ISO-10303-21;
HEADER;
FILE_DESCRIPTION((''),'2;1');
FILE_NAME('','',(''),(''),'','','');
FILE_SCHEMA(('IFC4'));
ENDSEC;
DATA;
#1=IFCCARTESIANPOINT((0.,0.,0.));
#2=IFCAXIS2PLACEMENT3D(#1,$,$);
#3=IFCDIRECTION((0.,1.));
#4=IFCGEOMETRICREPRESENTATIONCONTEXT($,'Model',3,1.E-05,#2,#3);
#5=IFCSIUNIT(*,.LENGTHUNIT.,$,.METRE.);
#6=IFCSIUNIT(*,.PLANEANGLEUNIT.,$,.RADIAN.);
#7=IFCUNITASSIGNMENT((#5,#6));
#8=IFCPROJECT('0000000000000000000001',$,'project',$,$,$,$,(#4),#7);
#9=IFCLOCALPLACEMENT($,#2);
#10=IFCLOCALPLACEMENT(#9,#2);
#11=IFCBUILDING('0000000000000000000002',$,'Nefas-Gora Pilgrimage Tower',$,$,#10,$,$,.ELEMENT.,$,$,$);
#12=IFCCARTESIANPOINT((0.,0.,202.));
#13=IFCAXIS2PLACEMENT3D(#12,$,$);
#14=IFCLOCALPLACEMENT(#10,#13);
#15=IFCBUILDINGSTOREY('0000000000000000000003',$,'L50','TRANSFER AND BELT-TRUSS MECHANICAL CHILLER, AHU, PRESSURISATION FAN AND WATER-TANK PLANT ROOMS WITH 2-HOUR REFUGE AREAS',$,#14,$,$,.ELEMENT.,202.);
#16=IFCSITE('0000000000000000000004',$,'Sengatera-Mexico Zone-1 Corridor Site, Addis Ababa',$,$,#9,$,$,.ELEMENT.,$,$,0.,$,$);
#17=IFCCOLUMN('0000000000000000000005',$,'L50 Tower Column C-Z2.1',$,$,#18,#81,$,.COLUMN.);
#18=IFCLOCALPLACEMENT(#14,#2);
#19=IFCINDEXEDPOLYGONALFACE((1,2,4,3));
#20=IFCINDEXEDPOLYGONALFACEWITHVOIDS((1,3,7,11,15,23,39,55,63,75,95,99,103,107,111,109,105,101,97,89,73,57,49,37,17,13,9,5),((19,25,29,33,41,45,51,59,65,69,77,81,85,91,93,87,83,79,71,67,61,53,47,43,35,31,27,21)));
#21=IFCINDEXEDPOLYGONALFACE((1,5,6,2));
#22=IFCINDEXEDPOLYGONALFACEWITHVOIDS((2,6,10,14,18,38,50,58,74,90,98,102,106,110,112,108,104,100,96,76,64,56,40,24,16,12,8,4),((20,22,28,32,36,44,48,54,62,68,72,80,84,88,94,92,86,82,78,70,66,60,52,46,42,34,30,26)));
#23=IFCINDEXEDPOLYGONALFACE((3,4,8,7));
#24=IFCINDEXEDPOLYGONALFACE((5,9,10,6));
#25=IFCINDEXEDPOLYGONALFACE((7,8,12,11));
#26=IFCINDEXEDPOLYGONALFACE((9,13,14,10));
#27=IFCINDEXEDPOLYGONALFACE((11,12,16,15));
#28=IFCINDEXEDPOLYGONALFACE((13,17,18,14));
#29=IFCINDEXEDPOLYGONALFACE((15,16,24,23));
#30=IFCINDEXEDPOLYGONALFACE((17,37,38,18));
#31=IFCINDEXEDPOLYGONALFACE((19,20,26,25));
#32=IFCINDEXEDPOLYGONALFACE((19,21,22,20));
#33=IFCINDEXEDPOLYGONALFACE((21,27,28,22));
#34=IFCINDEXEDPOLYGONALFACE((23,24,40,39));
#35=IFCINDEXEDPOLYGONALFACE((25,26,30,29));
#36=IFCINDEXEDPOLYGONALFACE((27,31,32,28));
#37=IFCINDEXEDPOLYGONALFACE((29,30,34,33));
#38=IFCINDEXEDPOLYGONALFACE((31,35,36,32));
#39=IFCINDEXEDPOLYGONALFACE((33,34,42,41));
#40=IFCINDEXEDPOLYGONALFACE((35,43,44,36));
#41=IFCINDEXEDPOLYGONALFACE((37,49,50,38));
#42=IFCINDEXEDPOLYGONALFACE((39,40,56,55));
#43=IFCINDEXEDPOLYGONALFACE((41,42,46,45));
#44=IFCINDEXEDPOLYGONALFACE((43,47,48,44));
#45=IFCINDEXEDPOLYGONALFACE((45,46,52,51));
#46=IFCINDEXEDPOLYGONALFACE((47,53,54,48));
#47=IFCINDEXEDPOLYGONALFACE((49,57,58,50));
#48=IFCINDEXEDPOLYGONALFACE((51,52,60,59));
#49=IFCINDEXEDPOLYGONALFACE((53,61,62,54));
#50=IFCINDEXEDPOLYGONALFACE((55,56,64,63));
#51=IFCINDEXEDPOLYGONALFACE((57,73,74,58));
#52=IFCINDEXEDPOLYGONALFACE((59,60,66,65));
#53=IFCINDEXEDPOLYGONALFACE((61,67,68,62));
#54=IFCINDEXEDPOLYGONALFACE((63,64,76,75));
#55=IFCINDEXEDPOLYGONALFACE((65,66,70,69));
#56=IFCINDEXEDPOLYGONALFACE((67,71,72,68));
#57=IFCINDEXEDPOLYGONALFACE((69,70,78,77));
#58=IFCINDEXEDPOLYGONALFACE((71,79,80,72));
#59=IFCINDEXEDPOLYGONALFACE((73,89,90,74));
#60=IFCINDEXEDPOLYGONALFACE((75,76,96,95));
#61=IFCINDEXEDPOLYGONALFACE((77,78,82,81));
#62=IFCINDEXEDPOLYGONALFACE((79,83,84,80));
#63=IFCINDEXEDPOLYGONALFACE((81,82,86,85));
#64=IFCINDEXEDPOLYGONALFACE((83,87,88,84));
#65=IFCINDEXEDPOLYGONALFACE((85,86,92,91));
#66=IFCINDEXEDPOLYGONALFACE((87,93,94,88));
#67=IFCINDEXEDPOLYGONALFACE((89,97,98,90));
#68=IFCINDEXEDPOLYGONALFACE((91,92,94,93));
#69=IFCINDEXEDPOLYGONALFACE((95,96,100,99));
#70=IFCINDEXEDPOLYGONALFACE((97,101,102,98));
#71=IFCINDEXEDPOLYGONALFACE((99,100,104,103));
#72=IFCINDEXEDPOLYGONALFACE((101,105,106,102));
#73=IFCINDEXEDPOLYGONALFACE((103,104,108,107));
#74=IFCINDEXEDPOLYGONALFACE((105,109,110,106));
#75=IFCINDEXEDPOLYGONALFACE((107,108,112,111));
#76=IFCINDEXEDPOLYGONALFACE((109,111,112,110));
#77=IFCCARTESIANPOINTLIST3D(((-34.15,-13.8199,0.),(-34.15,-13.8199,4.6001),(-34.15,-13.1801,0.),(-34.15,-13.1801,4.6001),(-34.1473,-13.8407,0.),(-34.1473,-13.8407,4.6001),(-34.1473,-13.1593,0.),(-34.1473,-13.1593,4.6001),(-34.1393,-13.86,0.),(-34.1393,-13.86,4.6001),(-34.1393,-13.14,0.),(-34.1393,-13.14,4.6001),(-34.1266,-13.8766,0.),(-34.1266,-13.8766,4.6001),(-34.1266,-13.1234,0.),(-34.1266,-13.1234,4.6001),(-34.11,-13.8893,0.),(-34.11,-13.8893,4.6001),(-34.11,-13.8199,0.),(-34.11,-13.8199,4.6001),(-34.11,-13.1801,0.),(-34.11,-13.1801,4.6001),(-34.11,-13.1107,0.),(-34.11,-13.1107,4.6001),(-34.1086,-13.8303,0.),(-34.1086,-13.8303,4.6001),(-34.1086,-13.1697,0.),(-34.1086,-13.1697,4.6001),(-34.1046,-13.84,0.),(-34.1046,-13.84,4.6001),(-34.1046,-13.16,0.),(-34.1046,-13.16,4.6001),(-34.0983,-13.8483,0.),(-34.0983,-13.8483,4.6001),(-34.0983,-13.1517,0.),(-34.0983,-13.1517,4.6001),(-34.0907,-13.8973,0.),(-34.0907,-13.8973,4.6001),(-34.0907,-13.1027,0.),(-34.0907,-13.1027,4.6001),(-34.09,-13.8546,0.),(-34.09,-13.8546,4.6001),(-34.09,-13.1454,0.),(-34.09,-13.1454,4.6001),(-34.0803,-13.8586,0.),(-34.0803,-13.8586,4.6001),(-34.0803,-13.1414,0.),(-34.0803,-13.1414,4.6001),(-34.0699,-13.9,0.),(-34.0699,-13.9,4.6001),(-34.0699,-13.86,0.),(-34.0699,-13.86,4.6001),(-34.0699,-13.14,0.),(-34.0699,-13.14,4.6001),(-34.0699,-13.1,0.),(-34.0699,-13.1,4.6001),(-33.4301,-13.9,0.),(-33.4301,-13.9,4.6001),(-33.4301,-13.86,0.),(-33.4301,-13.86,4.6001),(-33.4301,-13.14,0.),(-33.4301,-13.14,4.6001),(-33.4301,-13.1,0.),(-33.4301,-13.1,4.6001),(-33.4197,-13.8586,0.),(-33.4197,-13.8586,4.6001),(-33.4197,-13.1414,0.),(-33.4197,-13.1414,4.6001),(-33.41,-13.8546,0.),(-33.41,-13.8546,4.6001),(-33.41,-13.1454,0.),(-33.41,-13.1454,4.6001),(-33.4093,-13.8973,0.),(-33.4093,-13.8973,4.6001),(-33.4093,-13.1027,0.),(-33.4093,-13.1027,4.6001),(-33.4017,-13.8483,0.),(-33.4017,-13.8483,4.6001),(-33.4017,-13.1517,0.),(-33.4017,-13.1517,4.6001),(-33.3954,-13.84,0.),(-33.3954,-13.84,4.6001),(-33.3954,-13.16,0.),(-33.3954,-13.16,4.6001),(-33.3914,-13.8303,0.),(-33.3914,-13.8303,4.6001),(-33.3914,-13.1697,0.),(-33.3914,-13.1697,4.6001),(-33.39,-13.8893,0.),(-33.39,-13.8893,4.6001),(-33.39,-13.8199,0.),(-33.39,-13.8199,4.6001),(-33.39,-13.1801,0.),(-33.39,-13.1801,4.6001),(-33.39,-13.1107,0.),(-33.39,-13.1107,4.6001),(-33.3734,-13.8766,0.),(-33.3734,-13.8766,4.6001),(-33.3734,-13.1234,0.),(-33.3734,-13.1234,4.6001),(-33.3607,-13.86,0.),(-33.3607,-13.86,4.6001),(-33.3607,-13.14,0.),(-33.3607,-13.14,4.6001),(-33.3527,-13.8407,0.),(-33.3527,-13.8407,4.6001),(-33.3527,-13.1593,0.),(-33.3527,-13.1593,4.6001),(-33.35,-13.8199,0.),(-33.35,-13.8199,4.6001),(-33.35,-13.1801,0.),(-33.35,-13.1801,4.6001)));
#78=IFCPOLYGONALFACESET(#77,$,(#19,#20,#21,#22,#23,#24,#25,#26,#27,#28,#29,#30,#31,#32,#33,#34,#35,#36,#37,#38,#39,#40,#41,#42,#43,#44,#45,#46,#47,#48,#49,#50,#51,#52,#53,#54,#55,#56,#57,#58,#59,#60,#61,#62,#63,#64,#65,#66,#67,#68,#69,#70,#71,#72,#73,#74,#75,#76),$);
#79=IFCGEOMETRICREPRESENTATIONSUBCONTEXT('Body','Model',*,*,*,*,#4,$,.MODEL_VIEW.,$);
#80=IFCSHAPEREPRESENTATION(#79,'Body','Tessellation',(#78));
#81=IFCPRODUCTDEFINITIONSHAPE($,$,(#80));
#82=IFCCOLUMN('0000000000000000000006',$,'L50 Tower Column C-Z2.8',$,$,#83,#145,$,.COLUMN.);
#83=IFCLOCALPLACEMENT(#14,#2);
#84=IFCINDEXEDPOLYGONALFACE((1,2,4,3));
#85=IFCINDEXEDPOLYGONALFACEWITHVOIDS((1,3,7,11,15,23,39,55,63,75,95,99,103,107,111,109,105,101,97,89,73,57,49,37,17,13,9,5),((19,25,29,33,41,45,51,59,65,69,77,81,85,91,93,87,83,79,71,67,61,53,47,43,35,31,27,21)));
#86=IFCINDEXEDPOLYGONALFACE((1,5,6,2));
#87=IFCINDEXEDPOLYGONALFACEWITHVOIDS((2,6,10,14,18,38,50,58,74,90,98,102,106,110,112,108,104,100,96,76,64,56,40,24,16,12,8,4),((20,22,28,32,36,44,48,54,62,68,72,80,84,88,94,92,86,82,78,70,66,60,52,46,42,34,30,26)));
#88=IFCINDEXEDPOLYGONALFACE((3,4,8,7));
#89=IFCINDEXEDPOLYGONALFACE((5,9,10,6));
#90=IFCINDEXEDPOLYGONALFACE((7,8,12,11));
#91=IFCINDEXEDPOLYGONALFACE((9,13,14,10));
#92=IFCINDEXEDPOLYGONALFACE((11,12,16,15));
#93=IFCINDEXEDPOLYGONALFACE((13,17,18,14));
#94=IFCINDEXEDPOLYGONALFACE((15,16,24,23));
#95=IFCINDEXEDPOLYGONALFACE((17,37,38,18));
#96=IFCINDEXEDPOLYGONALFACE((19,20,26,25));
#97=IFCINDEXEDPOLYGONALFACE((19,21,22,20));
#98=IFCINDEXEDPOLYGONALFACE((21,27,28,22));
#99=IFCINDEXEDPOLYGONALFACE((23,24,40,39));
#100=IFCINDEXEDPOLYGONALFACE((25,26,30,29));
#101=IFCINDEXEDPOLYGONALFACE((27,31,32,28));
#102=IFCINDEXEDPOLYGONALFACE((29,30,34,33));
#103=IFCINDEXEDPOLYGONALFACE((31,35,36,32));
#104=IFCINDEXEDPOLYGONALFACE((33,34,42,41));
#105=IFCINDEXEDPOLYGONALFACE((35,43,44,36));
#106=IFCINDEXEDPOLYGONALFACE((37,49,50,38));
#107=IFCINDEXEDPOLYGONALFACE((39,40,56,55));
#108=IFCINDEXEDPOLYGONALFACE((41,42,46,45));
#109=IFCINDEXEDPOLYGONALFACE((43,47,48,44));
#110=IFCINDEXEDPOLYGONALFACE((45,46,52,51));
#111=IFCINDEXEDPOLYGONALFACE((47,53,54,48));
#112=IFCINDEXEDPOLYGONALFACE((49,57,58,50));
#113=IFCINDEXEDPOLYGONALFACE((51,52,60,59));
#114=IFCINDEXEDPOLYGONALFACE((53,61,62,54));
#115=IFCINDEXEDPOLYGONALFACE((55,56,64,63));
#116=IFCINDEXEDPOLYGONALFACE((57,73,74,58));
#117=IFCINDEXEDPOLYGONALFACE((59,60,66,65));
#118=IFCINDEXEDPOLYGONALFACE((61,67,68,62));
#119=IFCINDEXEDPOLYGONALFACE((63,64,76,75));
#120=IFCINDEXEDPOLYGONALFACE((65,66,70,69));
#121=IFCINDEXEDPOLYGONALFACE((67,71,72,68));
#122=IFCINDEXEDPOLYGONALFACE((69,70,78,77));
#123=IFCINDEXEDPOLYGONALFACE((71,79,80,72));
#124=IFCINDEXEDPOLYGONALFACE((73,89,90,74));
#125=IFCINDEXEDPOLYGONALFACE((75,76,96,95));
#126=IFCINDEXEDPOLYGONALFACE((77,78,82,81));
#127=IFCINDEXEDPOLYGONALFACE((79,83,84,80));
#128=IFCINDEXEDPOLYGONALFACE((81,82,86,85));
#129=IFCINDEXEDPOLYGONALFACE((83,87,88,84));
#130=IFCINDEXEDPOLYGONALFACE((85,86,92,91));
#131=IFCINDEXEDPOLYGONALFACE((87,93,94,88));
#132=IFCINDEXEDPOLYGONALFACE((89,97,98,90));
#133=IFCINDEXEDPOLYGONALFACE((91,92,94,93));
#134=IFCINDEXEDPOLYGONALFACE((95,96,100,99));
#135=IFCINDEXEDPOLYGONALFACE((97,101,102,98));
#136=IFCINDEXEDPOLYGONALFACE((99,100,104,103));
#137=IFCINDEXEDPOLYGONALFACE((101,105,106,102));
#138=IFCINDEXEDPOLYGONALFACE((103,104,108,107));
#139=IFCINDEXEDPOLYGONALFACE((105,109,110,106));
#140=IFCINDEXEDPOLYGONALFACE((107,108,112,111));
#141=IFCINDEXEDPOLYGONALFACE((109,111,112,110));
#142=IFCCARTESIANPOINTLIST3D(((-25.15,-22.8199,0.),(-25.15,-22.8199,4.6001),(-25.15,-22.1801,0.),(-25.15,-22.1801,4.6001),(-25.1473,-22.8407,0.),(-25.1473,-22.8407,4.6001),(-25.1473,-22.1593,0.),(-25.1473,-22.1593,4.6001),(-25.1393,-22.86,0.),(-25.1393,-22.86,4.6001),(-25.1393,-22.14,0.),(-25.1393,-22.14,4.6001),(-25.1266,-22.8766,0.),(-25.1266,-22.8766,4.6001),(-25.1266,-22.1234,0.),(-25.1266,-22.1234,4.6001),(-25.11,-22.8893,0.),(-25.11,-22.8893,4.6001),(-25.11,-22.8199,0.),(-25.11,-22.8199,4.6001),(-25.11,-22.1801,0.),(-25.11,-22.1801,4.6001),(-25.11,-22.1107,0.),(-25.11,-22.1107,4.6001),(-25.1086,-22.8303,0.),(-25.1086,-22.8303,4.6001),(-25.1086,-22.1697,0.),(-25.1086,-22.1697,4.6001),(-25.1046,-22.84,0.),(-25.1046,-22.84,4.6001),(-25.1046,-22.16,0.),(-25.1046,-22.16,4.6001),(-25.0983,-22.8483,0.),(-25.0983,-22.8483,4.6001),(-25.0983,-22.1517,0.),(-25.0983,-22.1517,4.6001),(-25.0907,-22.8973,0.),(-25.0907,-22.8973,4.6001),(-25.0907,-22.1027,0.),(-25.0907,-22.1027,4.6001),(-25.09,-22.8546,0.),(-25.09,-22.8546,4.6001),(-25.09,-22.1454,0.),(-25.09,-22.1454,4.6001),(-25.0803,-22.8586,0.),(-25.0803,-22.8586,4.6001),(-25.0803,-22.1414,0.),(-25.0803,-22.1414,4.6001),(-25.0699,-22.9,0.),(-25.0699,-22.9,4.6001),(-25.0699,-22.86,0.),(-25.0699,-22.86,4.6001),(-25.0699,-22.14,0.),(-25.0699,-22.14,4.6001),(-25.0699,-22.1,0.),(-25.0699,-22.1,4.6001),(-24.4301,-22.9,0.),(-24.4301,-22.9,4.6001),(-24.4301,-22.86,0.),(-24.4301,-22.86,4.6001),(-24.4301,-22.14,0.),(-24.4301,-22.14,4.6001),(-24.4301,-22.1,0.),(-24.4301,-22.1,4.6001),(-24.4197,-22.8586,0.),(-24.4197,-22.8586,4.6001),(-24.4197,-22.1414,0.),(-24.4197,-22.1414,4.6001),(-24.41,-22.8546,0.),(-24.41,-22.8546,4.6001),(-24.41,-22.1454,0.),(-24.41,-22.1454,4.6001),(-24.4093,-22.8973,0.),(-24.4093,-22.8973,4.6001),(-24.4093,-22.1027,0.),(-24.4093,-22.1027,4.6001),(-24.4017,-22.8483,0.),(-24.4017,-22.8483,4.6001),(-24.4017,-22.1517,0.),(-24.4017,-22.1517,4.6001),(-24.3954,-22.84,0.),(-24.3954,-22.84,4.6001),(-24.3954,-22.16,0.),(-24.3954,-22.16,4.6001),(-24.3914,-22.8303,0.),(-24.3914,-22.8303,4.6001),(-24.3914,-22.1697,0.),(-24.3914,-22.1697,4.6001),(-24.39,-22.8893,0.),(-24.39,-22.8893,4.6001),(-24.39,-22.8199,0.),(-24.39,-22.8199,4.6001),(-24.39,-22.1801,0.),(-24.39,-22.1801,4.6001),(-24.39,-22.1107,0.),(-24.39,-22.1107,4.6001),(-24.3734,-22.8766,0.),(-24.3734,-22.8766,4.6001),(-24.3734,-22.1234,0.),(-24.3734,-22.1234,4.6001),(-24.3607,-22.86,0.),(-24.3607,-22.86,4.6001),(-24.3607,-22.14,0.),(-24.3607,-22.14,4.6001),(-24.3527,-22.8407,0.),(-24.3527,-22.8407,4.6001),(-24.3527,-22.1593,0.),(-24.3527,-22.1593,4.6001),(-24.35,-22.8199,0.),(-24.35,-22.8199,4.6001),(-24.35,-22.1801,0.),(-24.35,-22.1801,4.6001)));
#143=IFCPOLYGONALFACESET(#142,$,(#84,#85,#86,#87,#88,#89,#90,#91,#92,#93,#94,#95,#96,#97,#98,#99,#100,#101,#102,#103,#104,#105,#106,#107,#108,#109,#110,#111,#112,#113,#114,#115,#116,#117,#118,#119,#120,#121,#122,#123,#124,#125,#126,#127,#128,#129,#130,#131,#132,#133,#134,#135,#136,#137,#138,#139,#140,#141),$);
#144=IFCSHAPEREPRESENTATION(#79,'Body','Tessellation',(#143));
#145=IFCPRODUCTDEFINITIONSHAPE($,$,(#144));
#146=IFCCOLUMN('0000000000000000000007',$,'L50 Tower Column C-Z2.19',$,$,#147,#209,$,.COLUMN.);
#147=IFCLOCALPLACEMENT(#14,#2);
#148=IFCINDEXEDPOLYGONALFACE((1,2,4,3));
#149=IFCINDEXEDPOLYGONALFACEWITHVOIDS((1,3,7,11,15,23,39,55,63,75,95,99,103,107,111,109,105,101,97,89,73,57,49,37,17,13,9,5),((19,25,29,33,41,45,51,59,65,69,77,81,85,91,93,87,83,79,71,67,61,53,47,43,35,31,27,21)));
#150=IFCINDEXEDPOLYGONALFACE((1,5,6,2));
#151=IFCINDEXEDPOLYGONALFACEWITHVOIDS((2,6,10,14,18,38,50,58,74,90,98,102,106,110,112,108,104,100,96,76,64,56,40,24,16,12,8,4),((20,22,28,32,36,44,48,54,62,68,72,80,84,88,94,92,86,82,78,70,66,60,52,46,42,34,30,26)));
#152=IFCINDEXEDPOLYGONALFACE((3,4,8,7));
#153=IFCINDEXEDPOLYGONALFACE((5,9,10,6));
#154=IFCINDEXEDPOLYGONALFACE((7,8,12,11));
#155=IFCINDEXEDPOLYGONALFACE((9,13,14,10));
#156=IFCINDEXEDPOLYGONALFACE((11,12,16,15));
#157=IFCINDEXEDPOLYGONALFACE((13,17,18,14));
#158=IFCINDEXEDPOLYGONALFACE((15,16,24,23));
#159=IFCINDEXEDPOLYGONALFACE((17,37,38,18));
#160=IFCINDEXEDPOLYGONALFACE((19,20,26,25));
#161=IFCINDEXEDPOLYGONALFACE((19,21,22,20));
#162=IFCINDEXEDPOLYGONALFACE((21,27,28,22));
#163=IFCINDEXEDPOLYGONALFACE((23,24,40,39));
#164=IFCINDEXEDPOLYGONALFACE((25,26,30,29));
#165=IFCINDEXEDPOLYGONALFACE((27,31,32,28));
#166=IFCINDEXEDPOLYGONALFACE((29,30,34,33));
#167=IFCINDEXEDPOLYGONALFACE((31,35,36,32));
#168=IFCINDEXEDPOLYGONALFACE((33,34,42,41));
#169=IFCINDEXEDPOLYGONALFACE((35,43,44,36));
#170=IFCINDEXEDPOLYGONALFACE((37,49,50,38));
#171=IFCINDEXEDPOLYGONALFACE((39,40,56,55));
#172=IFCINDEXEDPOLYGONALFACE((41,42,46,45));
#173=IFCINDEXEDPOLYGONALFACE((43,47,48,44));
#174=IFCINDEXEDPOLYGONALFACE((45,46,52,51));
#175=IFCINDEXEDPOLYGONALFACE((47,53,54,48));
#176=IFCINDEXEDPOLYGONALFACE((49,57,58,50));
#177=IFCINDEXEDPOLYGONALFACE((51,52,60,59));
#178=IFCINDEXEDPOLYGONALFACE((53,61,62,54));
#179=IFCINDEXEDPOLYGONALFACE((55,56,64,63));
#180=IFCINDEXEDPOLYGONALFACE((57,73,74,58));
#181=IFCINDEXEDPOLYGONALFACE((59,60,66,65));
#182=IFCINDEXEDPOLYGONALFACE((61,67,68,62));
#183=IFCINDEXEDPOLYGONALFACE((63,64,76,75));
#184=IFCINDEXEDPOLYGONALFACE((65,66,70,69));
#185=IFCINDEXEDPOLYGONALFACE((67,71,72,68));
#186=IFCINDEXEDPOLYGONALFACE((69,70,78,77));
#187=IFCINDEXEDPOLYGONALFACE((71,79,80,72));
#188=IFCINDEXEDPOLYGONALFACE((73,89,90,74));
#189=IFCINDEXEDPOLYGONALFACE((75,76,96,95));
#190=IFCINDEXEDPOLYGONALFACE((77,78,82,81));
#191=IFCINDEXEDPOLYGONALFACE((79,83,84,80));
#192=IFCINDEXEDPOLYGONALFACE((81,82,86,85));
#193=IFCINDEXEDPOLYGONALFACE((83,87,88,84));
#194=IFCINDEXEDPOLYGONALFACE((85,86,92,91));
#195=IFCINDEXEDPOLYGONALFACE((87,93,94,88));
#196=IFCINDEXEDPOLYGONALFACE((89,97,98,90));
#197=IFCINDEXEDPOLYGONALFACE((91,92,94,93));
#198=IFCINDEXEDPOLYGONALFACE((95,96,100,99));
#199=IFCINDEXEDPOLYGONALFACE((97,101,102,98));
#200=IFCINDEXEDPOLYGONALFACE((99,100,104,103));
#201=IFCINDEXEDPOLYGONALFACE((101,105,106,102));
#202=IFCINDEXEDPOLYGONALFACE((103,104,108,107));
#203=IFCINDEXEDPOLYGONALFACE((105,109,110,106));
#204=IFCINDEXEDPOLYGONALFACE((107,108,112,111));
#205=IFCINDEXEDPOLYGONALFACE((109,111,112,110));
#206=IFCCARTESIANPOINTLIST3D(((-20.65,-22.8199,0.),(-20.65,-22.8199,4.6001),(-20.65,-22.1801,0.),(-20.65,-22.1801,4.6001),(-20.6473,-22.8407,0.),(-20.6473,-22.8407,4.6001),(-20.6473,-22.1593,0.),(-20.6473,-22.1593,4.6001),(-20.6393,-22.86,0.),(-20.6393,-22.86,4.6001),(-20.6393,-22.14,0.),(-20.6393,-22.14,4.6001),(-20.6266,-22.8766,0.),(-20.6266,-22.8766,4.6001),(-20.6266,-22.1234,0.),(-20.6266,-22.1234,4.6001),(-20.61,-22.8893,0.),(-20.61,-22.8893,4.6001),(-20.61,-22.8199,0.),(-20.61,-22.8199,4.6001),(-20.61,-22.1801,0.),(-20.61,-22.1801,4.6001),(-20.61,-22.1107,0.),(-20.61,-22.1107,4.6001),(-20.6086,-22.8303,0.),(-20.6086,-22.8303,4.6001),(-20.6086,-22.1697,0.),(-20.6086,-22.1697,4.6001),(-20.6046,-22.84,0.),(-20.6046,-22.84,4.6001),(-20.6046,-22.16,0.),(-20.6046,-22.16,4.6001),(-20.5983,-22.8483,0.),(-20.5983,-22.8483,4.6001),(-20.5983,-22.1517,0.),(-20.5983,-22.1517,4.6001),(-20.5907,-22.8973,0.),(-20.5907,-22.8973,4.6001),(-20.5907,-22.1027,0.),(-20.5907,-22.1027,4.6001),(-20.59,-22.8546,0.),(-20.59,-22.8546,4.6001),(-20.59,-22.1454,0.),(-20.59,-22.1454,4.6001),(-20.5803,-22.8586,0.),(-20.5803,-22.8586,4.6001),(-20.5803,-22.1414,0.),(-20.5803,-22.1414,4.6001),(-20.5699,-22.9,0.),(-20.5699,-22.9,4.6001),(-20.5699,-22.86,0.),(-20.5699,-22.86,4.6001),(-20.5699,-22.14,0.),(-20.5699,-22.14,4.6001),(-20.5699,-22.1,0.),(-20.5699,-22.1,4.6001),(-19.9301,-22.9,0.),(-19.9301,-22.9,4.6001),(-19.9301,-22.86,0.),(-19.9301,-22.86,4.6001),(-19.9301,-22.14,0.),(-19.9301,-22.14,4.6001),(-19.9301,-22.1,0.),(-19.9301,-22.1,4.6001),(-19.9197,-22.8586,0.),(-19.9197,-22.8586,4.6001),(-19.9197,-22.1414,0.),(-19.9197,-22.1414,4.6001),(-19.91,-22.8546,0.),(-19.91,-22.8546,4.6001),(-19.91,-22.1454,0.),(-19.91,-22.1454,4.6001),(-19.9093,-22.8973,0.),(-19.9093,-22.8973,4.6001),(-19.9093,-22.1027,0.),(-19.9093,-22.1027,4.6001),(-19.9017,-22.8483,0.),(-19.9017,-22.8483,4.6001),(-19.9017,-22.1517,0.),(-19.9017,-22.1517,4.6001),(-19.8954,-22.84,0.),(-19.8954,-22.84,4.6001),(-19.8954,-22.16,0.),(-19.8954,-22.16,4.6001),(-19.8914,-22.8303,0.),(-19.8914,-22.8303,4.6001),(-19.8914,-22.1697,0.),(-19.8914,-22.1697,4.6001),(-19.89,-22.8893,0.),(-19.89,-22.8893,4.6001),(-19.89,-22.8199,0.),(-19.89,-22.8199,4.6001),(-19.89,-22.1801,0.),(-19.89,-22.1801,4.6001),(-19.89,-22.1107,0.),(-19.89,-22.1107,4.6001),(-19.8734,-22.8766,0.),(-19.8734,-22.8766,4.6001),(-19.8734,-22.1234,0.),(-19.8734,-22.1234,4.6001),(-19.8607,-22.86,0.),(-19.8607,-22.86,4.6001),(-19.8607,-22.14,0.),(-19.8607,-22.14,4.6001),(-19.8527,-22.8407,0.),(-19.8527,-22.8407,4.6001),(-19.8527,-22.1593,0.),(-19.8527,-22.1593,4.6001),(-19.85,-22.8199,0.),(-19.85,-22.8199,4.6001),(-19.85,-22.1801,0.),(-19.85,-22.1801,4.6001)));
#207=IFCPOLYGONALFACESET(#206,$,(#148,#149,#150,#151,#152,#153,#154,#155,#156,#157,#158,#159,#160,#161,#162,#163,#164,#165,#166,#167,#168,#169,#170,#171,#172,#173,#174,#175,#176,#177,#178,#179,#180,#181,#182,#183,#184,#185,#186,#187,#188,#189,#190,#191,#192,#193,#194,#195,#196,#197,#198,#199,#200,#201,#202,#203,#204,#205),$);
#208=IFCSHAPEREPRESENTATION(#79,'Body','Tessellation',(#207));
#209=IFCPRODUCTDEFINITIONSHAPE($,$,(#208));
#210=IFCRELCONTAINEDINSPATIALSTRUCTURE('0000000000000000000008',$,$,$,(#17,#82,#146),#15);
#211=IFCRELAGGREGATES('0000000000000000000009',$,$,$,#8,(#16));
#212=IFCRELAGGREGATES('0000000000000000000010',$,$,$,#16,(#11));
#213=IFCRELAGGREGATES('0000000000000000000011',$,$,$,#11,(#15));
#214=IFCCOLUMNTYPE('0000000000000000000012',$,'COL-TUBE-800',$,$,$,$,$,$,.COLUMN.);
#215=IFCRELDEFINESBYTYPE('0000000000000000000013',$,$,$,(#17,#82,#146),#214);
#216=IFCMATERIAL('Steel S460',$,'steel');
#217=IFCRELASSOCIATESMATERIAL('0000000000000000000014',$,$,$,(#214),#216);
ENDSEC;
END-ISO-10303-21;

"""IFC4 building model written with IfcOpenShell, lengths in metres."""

from ifc_helpers import new_model, si_unit, direction, frame, origin, origin_2d, place, context, subcontext, project, spatial, hollow_rectangle, extrude, source, transform, mapped, material, material_profile, profile_set, type_object, element, save


model = new_model("IFC4")

# Units and contexts
model_context = context("Model", 3, precision=1e-05, world=origin(), true_north=direction((0.0, 1.0)))
body_context = subcontext(model_context, "Body", "Model", "MODEL_VIEW")
ifc_project = project(units=[si_unit("LENGTHUNIT", "METRE"), si_unit("PLANEANGLEUNIT", "RADIAN")], contexts=[model_context])

# Site, building, storey
site_placement = place(None, origin())
site = spatial("IfcSite", under=ifc_project, at=site_placement, Name="Sengatera-Mexico Zone-1 Corridor Site, Addis Ababa", CompositionType="ELEMENT", RefElevation=0.0)
building_placement = place(site_placement, origin())
building = spatial("IfcBuilding", under=site, at=building_placement, Name="Nefas-Gora Pilgrimage Tower", CompositionType="ELEMENT")
storey_placement = place(building_placement, frame((0.0, 0.0, 202.0)))
storey = spatial("IfcBuildingStorey", under=building, at=storey_placement, Name="L50", Description="TRANSFER AND BELT-TRUSS MECHANICAL CHILLER, AHU, PRESSURISATION FAN AND WATER-TANK PLANT ROOMS WITH 2-HOUR REFUGE AREAS", CompositionType="ELEMENT", Elevation=202.0)

# Columns
ifc_material_1 = material(Name="Steel S460", Category="steel")
ifc_material_profile_1 = material_profile(ifc_material_1, hollow_rectangle(XDim=0.8, YDim=0.8, WallThickness=0.04, InnerFilletRadius=0.04, OuterFilletRadius=0.0801, at=origin_2d()), Name="BOX 800x800x40")
ifc_profile_set_1 = profile_set([ifc_material_profile_1], Name="Steel S460")
column_type_1 = type_object("IfcColumnType", Name="COL-TUBE-800", PredefinedType="COLUMN", material=ifc_profile_set_1)
shared_shape_1 = source(origin(), body_context, "Body", "SweptSolid", [
    extrude(hollow_rectangle(XDim=0.8, YDim=0.8, WallThickness=0.04, InnerFilletRadius=0.04, OuterFilletRadius=0.0801, at=origin_2d()), origin(), (0.0, 0.0, 1.0), 4.6001),
])
for number, where, z_axis, x_axis, name in (
    (1, (-33.75, -13.5, 0.0), (0.0, 0.0, 1.0), (1.0, 0.0, 0.0), "L50 Tower Column C-Z2.1"),
    (2, (-24.75, -22.5, 0.0), (0.0, 0.0, 1.0), (1.0, 0.0, 0.0), "L50 Tower Column C-Z2.8"),
    (3, (-20.25, -22.5, 0.0), (0.0, 0.0, 1.0), (1.0, 0.0, 0.0), "L50 Tower Column C-Z2.19"),
):
    element("IfcColumn", number, at=place(storey_placement, frame(where, z_axis=z_axis, x_axis=x_axis)), inside=storey, type_object=column_type_1, Name=name, PredefinedType="COLUMN", context=body_context, shape_type="MappedRepresentation", body=[
        mapped(shared_shape_1, transform((0.0, 0.0, 0.0), x_axis=(1.0, 0.0, 0.0), y_axis=(0.0, 1.0, 0.0), z_axis=(0.0, 0.0, 1.0), scale=1.0)),
    ])

save(model, "model.ifc")
